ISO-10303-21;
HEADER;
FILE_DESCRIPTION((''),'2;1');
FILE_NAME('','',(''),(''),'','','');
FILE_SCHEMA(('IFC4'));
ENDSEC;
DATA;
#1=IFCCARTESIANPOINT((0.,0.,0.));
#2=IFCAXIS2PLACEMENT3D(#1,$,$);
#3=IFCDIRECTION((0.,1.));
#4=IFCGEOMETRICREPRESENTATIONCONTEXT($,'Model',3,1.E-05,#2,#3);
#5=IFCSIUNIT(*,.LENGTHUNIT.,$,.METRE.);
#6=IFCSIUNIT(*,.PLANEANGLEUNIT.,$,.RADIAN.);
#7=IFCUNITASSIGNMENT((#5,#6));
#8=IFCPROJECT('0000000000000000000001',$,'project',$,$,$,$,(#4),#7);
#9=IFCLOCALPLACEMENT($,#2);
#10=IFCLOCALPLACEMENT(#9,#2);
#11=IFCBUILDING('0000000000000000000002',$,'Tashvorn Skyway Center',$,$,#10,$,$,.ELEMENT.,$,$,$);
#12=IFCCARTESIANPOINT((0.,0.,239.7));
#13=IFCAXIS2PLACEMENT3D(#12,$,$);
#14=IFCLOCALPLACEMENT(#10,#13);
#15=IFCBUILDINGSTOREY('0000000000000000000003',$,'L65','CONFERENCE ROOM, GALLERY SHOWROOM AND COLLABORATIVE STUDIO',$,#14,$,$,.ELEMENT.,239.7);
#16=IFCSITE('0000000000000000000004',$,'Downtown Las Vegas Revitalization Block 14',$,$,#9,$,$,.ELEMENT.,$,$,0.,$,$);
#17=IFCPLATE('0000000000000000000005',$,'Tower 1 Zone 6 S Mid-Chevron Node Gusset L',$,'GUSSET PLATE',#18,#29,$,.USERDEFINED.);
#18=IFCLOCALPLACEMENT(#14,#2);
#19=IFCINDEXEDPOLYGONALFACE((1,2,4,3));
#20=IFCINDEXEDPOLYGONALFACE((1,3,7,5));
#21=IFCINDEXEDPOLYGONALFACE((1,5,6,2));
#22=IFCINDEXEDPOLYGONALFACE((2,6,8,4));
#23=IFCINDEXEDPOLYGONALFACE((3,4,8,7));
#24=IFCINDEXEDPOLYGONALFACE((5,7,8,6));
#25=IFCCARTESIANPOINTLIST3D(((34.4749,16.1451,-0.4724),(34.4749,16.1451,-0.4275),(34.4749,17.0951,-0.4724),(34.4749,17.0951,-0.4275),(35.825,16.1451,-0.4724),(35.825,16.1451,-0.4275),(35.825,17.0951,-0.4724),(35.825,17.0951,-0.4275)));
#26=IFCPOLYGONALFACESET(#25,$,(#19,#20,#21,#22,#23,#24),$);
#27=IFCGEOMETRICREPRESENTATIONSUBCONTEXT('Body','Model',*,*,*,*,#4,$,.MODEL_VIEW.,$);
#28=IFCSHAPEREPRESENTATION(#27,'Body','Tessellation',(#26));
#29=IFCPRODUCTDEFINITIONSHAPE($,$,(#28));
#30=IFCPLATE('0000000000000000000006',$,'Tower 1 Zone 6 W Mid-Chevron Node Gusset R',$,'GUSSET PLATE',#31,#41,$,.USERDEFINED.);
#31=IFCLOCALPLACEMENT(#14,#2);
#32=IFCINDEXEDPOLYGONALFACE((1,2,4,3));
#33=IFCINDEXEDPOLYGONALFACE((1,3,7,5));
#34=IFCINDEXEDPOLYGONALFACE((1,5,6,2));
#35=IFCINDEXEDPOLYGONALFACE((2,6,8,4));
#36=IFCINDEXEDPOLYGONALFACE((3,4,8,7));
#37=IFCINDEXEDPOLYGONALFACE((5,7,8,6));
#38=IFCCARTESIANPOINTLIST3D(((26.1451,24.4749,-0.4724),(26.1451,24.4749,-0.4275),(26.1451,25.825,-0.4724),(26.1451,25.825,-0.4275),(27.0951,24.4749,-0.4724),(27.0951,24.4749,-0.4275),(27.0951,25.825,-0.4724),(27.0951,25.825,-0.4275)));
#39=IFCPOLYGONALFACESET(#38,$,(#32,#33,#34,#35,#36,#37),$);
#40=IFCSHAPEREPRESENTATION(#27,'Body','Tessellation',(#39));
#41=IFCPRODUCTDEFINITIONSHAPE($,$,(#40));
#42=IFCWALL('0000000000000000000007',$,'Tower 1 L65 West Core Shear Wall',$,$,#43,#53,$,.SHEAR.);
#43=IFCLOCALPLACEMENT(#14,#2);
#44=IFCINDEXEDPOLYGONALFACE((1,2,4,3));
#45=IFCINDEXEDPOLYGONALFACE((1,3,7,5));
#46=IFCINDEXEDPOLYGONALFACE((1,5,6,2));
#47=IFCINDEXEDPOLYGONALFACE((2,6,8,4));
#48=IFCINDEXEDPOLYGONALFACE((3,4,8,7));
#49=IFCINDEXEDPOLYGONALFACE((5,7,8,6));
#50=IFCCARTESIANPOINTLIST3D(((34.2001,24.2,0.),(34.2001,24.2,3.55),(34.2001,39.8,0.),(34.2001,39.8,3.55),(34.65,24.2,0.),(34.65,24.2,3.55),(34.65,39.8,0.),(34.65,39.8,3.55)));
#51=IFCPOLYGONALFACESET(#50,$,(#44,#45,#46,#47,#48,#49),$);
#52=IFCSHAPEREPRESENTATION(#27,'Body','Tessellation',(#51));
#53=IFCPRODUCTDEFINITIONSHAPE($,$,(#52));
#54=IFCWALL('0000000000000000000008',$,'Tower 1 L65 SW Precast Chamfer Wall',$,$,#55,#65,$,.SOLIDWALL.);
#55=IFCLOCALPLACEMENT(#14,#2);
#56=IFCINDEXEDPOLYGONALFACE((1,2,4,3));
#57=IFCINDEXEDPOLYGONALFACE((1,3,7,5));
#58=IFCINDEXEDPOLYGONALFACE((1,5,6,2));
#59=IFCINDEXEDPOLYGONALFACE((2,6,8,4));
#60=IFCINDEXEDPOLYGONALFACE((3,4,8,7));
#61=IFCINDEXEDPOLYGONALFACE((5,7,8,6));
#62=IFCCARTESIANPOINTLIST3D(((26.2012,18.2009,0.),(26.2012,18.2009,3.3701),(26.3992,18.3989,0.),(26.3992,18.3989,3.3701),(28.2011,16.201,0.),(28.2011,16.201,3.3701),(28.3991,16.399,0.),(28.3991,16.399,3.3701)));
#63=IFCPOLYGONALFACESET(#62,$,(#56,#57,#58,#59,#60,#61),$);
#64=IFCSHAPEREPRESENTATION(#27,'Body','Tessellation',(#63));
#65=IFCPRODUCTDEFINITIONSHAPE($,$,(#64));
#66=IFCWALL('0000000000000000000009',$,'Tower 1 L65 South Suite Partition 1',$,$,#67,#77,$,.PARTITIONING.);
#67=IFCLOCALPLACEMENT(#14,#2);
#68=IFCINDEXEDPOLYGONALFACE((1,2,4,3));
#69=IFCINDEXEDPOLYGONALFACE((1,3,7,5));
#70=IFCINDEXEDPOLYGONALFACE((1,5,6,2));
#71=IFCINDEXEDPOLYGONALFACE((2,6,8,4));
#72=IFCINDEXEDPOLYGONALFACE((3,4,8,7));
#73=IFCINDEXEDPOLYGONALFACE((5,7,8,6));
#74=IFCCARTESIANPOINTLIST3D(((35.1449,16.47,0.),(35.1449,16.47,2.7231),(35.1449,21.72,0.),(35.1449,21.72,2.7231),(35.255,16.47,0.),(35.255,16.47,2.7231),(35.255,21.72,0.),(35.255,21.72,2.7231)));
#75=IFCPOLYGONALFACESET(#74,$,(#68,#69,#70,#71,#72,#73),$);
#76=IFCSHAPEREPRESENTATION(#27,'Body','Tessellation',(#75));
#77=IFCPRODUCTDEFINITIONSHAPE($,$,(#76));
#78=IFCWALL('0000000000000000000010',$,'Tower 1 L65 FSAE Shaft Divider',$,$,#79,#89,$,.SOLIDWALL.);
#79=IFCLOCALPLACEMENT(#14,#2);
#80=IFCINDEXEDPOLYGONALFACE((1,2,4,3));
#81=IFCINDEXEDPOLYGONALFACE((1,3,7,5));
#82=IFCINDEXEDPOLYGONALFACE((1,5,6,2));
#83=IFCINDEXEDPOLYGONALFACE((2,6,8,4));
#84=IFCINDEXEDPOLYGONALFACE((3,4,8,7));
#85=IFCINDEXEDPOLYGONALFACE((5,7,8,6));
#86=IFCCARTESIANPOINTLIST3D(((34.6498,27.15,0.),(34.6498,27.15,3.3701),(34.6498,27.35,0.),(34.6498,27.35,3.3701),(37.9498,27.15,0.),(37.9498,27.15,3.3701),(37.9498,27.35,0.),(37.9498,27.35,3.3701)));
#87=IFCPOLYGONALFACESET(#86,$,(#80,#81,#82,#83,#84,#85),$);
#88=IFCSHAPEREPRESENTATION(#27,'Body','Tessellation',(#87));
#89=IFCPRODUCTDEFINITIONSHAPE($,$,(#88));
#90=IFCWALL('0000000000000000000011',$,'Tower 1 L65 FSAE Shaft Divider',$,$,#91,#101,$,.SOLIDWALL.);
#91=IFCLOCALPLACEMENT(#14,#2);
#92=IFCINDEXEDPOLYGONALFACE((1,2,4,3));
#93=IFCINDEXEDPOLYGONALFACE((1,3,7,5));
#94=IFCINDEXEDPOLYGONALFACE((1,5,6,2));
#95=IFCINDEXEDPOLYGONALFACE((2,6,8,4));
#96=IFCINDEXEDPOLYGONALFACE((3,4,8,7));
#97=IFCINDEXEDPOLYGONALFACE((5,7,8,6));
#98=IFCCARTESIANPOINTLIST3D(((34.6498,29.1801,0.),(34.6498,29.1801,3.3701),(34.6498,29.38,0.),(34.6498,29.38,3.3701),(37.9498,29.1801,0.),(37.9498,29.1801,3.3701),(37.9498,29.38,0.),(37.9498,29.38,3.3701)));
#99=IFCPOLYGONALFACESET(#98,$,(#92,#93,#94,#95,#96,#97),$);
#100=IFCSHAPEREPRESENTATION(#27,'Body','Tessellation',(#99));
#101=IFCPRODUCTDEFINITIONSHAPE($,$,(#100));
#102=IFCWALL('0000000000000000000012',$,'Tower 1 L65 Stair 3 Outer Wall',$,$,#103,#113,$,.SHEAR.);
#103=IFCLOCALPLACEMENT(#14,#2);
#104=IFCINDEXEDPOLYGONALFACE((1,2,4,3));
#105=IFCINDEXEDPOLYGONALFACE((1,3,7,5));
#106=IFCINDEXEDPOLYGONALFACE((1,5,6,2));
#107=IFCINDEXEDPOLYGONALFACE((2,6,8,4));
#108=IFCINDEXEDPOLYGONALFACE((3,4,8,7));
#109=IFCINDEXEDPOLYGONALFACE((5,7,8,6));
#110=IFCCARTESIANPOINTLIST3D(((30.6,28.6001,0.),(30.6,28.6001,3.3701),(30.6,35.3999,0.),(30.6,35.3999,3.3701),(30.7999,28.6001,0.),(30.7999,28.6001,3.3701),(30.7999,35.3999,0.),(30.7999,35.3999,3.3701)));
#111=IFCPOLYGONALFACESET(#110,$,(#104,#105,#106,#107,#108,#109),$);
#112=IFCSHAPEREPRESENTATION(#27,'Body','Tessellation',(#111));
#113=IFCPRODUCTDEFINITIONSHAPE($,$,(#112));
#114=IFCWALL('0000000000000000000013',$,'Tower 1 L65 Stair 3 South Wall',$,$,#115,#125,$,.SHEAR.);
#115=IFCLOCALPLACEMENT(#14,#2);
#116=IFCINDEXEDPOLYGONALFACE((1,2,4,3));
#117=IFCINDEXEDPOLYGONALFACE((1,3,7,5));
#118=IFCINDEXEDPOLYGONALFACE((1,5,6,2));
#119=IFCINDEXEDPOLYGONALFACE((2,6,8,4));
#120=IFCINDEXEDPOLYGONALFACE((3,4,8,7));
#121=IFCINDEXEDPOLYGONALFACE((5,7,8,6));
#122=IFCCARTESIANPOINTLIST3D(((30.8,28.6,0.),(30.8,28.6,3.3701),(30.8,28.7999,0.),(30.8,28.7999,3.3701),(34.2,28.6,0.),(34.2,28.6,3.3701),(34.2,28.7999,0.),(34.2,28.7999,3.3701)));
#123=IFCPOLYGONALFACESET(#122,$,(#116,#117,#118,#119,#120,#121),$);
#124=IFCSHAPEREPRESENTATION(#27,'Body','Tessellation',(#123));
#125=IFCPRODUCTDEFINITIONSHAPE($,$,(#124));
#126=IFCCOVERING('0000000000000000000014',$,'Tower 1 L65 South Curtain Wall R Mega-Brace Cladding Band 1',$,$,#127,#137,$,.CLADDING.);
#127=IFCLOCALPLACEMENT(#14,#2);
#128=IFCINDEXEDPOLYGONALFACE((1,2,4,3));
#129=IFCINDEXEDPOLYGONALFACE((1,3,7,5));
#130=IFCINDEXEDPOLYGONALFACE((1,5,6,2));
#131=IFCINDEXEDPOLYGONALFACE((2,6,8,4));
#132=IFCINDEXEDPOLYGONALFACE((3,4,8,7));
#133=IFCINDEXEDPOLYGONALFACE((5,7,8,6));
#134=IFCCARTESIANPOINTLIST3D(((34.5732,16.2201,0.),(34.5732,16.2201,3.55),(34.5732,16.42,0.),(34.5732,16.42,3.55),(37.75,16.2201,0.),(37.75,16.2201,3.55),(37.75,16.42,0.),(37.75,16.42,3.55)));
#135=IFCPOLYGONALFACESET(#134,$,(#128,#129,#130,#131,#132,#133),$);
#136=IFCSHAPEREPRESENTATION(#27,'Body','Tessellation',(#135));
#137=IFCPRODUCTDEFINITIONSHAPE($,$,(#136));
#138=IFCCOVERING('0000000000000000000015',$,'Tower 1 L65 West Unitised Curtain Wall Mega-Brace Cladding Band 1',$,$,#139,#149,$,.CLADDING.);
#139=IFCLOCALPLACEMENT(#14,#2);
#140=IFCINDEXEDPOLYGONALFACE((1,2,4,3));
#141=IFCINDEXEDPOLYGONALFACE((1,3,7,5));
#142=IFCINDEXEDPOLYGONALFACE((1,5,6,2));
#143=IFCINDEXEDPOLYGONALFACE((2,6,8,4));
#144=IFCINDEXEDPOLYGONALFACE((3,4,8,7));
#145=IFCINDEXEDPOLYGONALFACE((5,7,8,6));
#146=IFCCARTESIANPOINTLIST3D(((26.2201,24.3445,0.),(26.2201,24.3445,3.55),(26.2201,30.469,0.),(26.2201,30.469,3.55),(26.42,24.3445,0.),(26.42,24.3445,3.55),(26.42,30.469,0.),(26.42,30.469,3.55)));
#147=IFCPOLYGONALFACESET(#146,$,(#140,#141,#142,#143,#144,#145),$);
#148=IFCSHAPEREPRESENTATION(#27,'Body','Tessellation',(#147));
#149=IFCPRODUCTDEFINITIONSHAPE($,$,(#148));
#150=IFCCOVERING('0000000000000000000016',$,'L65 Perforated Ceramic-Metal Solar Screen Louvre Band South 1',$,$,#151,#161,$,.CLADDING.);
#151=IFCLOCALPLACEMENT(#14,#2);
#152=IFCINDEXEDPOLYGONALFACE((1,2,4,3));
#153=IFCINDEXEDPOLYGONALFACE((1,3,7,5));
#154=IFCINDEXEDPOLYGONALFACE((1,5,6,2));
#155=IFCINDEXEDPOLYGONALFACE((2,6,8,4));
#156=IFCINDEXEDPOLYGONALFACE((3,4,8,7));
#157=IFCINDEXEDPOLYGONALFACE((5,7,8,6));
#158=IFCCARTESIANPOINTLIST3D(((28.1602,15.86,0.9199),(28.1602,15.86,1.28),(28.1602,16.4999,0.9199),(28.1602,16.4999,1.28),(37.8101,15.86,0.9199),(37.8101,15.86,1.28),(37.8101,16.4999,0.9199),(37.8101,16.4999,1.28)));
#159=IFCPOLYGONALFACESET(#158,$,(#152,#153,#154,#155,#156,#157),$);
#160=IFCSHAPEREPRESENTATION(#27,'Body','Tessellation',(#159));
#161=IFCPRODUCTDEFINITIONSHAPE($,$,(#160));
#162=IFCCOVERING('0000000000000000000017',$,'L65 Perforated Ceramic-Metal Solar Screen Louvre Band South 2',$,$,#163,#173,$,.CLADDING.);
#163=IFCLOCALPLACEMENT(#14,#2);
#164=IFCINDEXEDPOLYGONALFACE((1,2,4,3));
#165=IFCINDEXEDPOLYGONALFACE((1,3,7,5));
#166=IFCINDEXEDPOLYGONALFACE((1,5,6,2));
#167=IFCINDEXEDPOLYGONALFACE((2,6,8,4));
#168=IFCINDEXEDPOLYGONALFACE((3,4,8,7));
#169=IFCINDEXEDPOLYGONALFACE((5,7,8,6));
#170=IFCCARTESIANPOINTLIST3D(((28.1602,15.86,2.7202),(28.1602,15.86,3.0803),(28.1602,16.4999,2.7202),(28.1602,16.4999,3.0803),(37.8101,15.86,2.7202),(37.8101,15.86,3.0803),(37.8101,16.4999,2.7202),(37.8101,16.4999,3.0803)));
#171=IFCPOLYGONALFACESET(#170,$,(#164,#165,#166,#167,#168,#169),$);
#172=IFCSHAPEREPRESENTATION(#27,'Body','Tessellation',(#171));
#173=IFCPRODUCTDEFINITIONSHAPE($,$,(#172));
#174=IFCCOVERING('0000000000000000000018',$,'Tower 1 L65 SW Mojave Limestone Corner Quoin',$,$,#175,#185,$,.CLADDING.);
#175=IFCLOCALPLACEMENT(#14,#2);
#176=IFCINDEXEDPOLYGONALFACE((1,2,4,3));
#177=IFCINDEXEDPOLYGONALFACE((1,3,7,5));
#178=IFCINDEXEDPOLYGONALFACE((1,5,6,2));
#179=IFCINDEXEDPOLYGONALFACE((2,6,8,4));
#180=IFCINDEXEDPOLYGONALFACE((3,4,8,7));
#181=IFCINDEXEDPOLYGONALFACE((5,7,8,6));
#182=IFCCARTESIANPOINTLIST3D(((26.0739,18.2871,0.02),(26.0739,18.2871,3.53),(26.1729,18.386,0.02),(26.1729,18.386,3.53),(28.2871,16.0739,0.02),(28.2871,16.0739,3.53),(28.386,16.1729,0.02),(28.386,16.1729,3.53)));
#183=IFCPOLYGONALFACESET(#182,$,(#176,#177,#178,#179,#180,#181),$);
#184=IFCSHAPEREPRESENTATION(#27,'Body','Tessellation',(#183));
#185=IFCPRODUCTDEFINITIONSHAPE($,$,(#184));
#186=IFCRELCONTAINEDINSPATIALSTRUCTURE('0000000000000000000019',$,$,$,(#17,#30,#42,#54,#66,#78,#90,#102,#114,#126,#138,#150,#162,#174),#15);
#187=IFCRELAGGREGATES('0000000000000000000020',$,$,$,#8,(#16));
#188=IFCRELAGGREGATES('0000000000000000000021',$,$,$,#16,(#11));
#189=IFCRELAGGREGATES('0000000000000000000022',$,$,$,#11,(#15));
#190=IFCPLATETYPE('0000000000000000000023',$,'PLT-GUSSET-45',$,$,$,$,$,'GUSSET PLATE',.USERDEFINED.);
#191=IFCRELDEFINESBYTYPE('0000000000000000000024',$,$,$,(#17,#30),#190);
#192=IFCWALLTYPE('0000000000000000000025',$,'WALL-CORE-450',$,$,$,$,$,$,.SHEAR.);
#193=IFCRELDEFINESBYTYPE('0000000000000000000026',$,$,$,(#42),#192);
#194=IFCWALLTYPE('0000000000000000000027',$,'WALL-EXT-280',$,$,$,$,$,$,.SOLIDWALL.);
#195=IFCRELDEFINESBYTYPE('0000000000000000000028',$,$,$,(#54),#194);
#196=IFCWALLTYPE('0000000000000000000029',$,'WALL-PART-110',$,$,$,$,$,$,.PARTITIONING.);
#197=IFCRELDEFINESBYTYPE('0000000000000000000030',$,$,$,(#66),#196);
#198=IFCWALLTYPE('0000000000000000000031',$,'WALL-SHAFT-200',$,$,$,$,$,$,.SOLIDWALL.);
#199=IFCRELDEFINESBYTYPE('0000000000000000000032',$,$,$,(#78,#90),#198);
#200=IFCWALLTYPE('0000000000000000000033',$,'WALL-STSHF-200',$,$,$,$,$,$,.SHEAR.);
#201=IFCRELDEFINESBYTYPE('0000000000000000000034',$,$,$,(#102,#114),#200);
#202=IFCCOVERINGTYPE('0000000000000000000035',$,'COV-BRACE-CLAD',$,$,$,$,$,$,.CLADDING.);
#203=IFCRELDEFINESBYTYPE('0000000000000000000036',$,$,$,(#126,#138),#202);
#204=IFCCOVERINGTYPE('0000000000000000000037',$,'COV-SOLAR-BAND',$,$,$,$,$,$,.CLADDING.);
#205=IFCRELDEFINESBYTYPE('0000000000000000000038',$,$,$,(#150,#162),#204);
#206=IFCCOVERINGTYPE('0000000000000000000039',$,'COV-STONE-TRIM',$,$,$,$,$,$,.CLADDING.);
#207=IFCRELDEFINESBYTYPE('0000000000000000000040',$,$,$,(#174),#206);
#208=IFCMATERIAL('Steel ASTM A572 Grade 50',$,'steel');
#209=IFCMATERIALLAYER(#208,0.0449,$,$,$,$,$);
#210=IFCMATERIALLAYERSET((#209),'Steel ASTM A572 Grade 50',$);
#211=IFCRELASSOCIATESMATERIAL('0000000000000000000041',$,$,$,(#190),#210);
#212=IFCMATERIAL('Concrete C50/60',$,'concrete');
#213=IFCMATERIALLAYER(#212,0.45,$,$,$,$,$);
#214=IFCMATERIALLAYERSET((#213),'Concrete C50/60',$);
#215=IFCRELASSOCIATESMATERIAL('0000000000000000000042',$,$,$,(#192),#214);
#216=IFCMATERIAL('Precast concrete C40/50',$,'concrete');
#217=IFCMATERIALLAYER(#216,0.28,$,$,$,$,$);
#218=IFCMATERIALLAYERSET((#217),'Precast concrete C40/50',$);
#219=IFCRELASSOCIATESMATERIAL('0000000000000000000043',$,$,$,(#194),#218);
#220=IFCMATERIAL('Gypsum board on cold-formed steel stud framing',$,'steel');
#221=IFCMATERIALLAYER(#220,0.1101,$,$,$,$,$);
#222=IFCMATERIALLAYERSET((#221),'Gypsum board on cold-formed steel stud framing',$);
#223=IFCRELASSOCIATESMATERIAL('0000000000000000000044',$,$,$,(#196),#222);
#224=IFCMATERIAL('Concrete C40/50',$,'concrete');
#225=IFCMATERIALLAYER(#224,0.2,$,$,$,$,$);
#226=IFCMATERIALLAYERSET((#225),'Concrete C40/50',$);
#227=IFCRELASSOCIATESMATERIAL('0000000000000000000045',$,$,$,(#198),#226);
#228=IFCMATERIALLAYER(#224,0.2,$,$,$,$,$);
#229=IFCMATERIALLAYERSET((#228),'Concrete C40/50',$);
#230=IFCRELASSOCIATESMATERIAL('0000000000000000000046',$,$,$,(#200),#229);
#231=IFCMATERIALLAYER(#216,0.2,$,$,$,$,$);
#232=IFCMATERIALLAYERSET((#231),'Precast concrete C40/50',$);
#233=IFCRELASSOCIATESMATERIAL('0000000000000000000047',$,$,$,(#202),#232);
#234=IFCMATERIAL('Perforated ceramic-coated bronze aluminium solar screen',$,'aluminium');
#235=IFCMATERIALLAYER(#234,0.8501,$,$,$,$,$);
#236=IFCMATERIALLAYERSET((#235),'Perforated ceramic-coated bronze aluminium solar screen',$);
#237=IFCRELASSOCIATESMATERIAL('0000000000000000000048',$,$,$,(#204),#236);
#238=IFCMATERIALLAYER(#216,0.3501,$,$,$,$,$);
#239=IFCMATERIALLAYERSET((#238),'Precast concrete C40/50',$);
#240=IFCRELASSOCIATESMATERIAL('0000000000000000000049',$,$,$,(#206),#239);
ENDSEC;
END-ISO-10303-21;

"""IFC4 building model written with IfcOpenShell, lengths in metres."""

from ifc_helpers import new_model, si_unit, direction, frame, frame_2d, origin, origin_2d, place, context, subcontext, project, spatial, rectangle, extrude, material, layer, layer_set, type_object, element, save


model = new_model("IFC4")

# Units and contexts
model_context = context("Model", 3, precision=1e-05, world=origin(), true_north=direction((0.0, 1.0)))
body_context = subcontext(model_context, "Body", "Model", "MODEL_VIEW")
ifc_project = project(units=[si_unit("LENGTHUNIT", "METRE"), si_unit("PLANEANGLEUNIT", "RADIAN")], contexts=[model_context])

# Site, building, storey
site_placement = place(None, origin())
site = spatial("IfcSite", under=ifc_project, at=site_placement, Name="Downtown Las Vegas Revitalization Block 14", CompositionType="ELEMENT", RefElevation=0.0)
building_placement = place(site_placement, origin())
building = spatial("IfcBuilding", under=site, at=building_placement, Name="Tashvorn Skyway Center", CompositionType="ELEMENT")
storey_placement = place(building_placement, frame((0.0, 0.0, 239.7)))
storey = spatial("IfcBuildingStorey", under=building, at=storey_placement, Name="L65", Description="CONFERENCE ROOM, GALLERY SHOWROOM AND COLLABORATIVE STUDIO", CompositionType="ELEMENT", Elevation=239.7)

# Shared definitions
ifc_material_1 = material(Name="Steel ASTM A572 Grade 50", Category="steel")

# Plates
ifc_layer_1 = layer(ifc_material_1, 0.0449)
ifc_layer_set_1 = layer_set([ifc_layer_1], Name="Steel ASTM A572 Grade 50")
plate_type_1 = type_object("IfcPlateType", Name="PLT-GUSSET-45", ElementType="GUSSET PLATE", PredefinedType="USERDEFINED", material=ifc_layer_set_1)
for number, where, z_axis, x_axis, name in (
    (1, (35.1499, 16.6201, -0.4724), (0.0, 0.0, 1.0), (1.0, 0.0, 0.0), "Tower 1 Zone 6 S Mid-Chevron Node Gusset L"),
    (2, (26.6201, 25.1499, -0.4724), (0.0, 0.0, 1.0), (0.0, -1.0, 0.0), "Tower 1 Zone 6 W Mid-Chevron Node Gusset R"),
):
    element("IfcPlate", number, at=place(storey_placement, frame(where, z_axis=z_axis, x_axis=x_axis)), inside=storey, type_object=plate_type_1, Name=name, ObjectType="GUSSET PLATE", PredefinedType="USERDEFINED", context=body_context, shape_type="SweptSolid", body=[
        extrude(rectangle(XDim=1.3501, YDim=0.95, at=origin_2d()), origin(), (0.0, 0.0, 1.0), 0.0449),
    ])

# Walls
ifc_material_2 = material(Name="Concrete C50/60", Category="concrete")
ifc_layer_2 = layer(ifc_material_2, 0.45)
ifc_layer_set_2 = layer_set([ifc_layer_2], Name="Concrete C50/60")
wall_type_1 = type_object("IfcWallType", Name="WALL-CORE-450", PredefinedType="SHEAR", material=ifc_layer_set_2)
wall_1_placement = place(storey_placement, frame((34.425, 24.2, 0.0), z_axis=(0.0, 0.0, 1.0), x_axis=(0.0, 1.0, 0.0)))
element("IfcWall", 3, at=wall_1_placement, inside=storey, type_object=wall_type_1, Name="Tower 1 L65 West Core Shear Wall", PredefinedType="SHEAR", context=body_context, shape_type="SweptSolid", body=[
    extrude(rectangle(XDim=15.6001, YDim=0.45, at=frame_2d((7.8, 0.0))), origin(), (0.0, 0.0, 1.0), 3.55),
])
ifc_material_3 = material(Name="Precast concrete C40/50", Category="concrete")
ifc_layer_3 = layer(ifc_material_3, 0.28)
ifc_layer_set_3 = layer_set([ifc_layer_3], Name="Precast concrete C40/50")
wall_type_2 = type_object("IfcWallType", Name="WALL-EXT-280", PredefinedType="SOLIDWALL", material=ifc_layer_set_3)
wall_2_placement = place(storey_placement, frame((28.3, 16.3, 0.0), z_axis=(0.0, 0.0, 1.0), x_axis=(-0.707107, 0.707107, 0.0)))
element("IfcWall", 4, at=wall_2_placement, inside=storey, type_object=wall_type_2, Name="Tower 1 L65 SW Precast Chamfer Wall", PredefinedType="SOLIDWALL", context=body_context, shape_type="SweptSolid", body=[
    extrude(rectangle(XDim=2.8284, YDim=0.28, at=frame_2d((1.4141, 0.0))), origin(), (0.0, 0.0, 1.0), 3.3701),
])
ifc_material_4 = material(Name="Gypsum board on cold-formed steel stud framing", Category="steel")
ifc_layer_4 = layer(ifc_material_4, 0.1101)
ifc_layer_set_4 = layer_set([ifc_layer_4], Name="Gypsum board on cold-formed steel stud framing")
wall_type_3 = type_object("IfcWallType", Name="WALL-PART-110", PredefinedType="PARTITIONING", material=ifc_layer_set_4)
wall_3_placement = place(storey_placement, frame((35.2, 16.47, 0.0), z_axis=(0.0, 0.0, 1.0), x_axis=(0.0, 1.0, 0.0)))
element("IfcWall", 5, at=wall_3_placement, inside=storey, type_object=wall_type_3, Name="Tower 1 L65 South Suite Partition 1", PredefinedType="PARTITIONING", context=body_context, shape_type="SweptSolid", body=[
    extrude(rectangle(XDim=5.25, YDim=0.1101, at=frame_2d((2.625, 0.0))), origin(), (0.0, 0.0, 1.0), 2.7231),
])
ifc_material_5 = material(Name="Concrete C40/50", Category="concrete")
ifc_layer_5 = layer(ifc_material_5, 0.2)
ifc_layer_set_5 = layer_set([ifc_layer_5], Name="Concrete C40/50")
wall_type_4 = type_object("IfcWallType", Name="WALL-SHAFT-200", PredefinedType="SOLIDWALL", material=ifc_layer_set_5)
for number, where, z_axis, x_axis, name in (
    (6, (34.6499, 27.25, 0.0), (0.0, 0.0, 1.0), (1.0, 0.0, 0.0), "Tower 1 L65 FSAE Shaft Divider"),
    (7, (34.6499, 29.28, 0.0), (0.0, 0.0, 1.0), (1.0, 0.0, 0.0), "Tower 1 L65 FSAE Shaft Divider"),
):
    element("IfcWall", number, at=place(storey_placement, frame(where, z_axis=z_axis, x_axis=x_axis)), inside=storey, type_object=wall_type_4, Name=name, PredefinedType="SOLIDWALL", context=body_context, shape_type="SweptSolid", body=[
        extrude(rectangle(XDim=3.3, YDim=0.2, at=frame_2d((1.6499, 0.0))), origin(), (0.0, 0.0, 1.0), 3.3701),
    ])
ifc_layer_6 = layer(ifc_material_5, 0.2)
ifc_layer_set_6 = layer_set([ifc_layer_6], Name="Concrete C40/50")
wall_type_5 = type_object("IfcWallType", Name="WALL-STSHF-200", PredefinedType="SHEAR", material=ifc_layer_set_6)
wall_4_placement = place(storey_placement, frame((30.7, 28.6001, 0.0), z_axis=(0.0, 0.0, 1.0), x_axis=(0.0, 1.0, 0.0)))
element("IfcWall", 8, at=wall_4_placement, inside=storey, type_object=wall_type_5, Name="Tower 1 L65 Stair 3 Outer Wall", PredefinedType="SHEAR", context=body_context, shape_type="SweptSolid", body=[
    extrude(rectangle(XDim=6.7998, YDim=0.2, at=frame_2d((3.3999, 0.0))), origin(), (0.0, 0.0, 1.0), 3.3701),
])
wall_5_placement = place(storey_placement, frame((30.8, 28.7, 0.0), z_axis=(0.0, 0.0, 1.0), x_axis=(1.0, 0.0, 0.0)))
element("IfcWall", 9, at=wall_5_placement, inside=storey, type_object=wall_type_5, Name="Tower 1 L65 Stair 3 South Wall", PredefinedType="SHEAR", context=body_context, shape_type="SweptSolid", body=[
    extrude(rectangle(XDim=3.3999, YDim=0.2, at=frame_2d((1.7, 0.0))), origin(), (0.0, 0.0, 1.0), 3.3701),
])

# Coverings
ifc_layer_7 = layer(ifc_material_3, 0.2)
ifc_layer_set_7 = layer_set([ifc_layer_7], Name="Precast concrete C40/50")
covering_type_1 = type_object("IfcCoveringType", Name="COV-BRACE-CLAD", PredefinedType="CLADDING", material=ifc_layer_set_7)
covering_1_placement = place(storey_placement, frame((36.1616, 16.3201, 0.0), z_axis=(0.0, 0.0, 1.0), x_axis=(-1.0, 0.0, 0.0)))
element("IfcCovering", 10, at=covering_1_placement, inside=storey, type_object=covering_type_1, Name="Tower 1 L65 South Curtain Wall R Mega-Brace Cladding Band 1", PredefinedType="CLADDING", context=body_context, shape_type="SweptSolid", body=[
    extrude(rectangle(XDim=3.1768, YDim=0.2, at=origin_2d()), origin(), (0.0, 0.0, 1.0), 3.55),
])
covering_2_placement = place(storey_placement, frame((26.3201, 27.4067, 0.0), z_axis=(0.0, 0.0, 1.0), x_axis=(0.0, 1.0, 0.0)))
element("IfcCovering", 11, at=covering_2_placement, inside=storey, type_object=covering_type_1, Name="Tower 1 L65 West Unitised Curtain Wall Mega-Brace Cladding Band 1", PredefinedType="CLADDING", context=body_context, shape_type="SweptSolid", body=[
    extrude(rectangle(XDim=6.1245, YDim=0.2, at=origin_2d()), origin(), (0.0, 0.0, 1.0), 3.55),
])
ifc_material_6 = material(Name="Perforated ceramic-coated bronze aluminium solar screen", Category="aluminium")
ifc_layer_8 = layer(ifc_material_6, 0.8501)
ifc_layer_set_8 = layer_set([ifc_layer_8], Name="Perforated ceramic-coated bronze aluminium solar screen")
covering_type_2 = type_object("IfcCoveringType", Name="COV-SOLAR-BAND", PredefinedType="CLADDING", material=ifc_layer_set_8)
for number, where, z_axis, x_axis, name in (
    (12, (32.9851, 16.1799, 0.9199), (0.0, 0.0, 1.0), (-1.0, 0.0, 0.0), "L65 Perforated Ceramic-Metal Solar Screen Louvre Band South 1"),
    (13, (32.9851, 16.1799, 2.7202), (0.0, 0.0, 1.0), (-1.0, 0.0, 0.0), "L65 Perforated Ceramic-Metal Solar Screen Louvre Band South 2"),
):
    element("IfcCovering", number, at=place(storey_placement, frame(where, z_axis=z_axis, x_axis=x_axis)), inside=storey, type_object=covering_type_2, Name=name, PredefinedType="CLADDING", context=body_context, shape_type="SweptSolid", body=[
        extrude(rectangle(XDim=9.6499, YDim=0.6399, at=origin_2d()), origin(), (0.0, 0.0, 1.0), 0.3601),
    ])
ifc_layer_9 = layer(ifc_material_3, 0.3501)
ifc_layer_set_9 = layer_set([ifc_layer_9], Name="Precast concrete C40/50")
covering_type_3 = type_object("IfcCoveringType", Name="COV-STONE-TRIM", PredefinedType="CLADDING", material=ifc_layer_set_9)
covering_3_placement = place(storey_placement, frame((27.23, 17.23, 0.02), z_axis=(0.0, 0.0, 1.0), x_axis=(-0.707107, 0.707107, 0.0)))
element("IfcCovering", 14, at=covering_3_placement, inside=storey, type_object=covering_type_3, Name="Tower 1 L65 SW Mojave Limestone Corner Quoin", PredefinedType="CLADDING", context=body_context, shape_type="SweptSolid", body=[
    extrude(rectangle(XDim=3.1299, YDim=0.1399, at=origin_2d()), origin(), (0.0, 0.0, 1.0), 3.51),
])

save(model, "model.ifc")
